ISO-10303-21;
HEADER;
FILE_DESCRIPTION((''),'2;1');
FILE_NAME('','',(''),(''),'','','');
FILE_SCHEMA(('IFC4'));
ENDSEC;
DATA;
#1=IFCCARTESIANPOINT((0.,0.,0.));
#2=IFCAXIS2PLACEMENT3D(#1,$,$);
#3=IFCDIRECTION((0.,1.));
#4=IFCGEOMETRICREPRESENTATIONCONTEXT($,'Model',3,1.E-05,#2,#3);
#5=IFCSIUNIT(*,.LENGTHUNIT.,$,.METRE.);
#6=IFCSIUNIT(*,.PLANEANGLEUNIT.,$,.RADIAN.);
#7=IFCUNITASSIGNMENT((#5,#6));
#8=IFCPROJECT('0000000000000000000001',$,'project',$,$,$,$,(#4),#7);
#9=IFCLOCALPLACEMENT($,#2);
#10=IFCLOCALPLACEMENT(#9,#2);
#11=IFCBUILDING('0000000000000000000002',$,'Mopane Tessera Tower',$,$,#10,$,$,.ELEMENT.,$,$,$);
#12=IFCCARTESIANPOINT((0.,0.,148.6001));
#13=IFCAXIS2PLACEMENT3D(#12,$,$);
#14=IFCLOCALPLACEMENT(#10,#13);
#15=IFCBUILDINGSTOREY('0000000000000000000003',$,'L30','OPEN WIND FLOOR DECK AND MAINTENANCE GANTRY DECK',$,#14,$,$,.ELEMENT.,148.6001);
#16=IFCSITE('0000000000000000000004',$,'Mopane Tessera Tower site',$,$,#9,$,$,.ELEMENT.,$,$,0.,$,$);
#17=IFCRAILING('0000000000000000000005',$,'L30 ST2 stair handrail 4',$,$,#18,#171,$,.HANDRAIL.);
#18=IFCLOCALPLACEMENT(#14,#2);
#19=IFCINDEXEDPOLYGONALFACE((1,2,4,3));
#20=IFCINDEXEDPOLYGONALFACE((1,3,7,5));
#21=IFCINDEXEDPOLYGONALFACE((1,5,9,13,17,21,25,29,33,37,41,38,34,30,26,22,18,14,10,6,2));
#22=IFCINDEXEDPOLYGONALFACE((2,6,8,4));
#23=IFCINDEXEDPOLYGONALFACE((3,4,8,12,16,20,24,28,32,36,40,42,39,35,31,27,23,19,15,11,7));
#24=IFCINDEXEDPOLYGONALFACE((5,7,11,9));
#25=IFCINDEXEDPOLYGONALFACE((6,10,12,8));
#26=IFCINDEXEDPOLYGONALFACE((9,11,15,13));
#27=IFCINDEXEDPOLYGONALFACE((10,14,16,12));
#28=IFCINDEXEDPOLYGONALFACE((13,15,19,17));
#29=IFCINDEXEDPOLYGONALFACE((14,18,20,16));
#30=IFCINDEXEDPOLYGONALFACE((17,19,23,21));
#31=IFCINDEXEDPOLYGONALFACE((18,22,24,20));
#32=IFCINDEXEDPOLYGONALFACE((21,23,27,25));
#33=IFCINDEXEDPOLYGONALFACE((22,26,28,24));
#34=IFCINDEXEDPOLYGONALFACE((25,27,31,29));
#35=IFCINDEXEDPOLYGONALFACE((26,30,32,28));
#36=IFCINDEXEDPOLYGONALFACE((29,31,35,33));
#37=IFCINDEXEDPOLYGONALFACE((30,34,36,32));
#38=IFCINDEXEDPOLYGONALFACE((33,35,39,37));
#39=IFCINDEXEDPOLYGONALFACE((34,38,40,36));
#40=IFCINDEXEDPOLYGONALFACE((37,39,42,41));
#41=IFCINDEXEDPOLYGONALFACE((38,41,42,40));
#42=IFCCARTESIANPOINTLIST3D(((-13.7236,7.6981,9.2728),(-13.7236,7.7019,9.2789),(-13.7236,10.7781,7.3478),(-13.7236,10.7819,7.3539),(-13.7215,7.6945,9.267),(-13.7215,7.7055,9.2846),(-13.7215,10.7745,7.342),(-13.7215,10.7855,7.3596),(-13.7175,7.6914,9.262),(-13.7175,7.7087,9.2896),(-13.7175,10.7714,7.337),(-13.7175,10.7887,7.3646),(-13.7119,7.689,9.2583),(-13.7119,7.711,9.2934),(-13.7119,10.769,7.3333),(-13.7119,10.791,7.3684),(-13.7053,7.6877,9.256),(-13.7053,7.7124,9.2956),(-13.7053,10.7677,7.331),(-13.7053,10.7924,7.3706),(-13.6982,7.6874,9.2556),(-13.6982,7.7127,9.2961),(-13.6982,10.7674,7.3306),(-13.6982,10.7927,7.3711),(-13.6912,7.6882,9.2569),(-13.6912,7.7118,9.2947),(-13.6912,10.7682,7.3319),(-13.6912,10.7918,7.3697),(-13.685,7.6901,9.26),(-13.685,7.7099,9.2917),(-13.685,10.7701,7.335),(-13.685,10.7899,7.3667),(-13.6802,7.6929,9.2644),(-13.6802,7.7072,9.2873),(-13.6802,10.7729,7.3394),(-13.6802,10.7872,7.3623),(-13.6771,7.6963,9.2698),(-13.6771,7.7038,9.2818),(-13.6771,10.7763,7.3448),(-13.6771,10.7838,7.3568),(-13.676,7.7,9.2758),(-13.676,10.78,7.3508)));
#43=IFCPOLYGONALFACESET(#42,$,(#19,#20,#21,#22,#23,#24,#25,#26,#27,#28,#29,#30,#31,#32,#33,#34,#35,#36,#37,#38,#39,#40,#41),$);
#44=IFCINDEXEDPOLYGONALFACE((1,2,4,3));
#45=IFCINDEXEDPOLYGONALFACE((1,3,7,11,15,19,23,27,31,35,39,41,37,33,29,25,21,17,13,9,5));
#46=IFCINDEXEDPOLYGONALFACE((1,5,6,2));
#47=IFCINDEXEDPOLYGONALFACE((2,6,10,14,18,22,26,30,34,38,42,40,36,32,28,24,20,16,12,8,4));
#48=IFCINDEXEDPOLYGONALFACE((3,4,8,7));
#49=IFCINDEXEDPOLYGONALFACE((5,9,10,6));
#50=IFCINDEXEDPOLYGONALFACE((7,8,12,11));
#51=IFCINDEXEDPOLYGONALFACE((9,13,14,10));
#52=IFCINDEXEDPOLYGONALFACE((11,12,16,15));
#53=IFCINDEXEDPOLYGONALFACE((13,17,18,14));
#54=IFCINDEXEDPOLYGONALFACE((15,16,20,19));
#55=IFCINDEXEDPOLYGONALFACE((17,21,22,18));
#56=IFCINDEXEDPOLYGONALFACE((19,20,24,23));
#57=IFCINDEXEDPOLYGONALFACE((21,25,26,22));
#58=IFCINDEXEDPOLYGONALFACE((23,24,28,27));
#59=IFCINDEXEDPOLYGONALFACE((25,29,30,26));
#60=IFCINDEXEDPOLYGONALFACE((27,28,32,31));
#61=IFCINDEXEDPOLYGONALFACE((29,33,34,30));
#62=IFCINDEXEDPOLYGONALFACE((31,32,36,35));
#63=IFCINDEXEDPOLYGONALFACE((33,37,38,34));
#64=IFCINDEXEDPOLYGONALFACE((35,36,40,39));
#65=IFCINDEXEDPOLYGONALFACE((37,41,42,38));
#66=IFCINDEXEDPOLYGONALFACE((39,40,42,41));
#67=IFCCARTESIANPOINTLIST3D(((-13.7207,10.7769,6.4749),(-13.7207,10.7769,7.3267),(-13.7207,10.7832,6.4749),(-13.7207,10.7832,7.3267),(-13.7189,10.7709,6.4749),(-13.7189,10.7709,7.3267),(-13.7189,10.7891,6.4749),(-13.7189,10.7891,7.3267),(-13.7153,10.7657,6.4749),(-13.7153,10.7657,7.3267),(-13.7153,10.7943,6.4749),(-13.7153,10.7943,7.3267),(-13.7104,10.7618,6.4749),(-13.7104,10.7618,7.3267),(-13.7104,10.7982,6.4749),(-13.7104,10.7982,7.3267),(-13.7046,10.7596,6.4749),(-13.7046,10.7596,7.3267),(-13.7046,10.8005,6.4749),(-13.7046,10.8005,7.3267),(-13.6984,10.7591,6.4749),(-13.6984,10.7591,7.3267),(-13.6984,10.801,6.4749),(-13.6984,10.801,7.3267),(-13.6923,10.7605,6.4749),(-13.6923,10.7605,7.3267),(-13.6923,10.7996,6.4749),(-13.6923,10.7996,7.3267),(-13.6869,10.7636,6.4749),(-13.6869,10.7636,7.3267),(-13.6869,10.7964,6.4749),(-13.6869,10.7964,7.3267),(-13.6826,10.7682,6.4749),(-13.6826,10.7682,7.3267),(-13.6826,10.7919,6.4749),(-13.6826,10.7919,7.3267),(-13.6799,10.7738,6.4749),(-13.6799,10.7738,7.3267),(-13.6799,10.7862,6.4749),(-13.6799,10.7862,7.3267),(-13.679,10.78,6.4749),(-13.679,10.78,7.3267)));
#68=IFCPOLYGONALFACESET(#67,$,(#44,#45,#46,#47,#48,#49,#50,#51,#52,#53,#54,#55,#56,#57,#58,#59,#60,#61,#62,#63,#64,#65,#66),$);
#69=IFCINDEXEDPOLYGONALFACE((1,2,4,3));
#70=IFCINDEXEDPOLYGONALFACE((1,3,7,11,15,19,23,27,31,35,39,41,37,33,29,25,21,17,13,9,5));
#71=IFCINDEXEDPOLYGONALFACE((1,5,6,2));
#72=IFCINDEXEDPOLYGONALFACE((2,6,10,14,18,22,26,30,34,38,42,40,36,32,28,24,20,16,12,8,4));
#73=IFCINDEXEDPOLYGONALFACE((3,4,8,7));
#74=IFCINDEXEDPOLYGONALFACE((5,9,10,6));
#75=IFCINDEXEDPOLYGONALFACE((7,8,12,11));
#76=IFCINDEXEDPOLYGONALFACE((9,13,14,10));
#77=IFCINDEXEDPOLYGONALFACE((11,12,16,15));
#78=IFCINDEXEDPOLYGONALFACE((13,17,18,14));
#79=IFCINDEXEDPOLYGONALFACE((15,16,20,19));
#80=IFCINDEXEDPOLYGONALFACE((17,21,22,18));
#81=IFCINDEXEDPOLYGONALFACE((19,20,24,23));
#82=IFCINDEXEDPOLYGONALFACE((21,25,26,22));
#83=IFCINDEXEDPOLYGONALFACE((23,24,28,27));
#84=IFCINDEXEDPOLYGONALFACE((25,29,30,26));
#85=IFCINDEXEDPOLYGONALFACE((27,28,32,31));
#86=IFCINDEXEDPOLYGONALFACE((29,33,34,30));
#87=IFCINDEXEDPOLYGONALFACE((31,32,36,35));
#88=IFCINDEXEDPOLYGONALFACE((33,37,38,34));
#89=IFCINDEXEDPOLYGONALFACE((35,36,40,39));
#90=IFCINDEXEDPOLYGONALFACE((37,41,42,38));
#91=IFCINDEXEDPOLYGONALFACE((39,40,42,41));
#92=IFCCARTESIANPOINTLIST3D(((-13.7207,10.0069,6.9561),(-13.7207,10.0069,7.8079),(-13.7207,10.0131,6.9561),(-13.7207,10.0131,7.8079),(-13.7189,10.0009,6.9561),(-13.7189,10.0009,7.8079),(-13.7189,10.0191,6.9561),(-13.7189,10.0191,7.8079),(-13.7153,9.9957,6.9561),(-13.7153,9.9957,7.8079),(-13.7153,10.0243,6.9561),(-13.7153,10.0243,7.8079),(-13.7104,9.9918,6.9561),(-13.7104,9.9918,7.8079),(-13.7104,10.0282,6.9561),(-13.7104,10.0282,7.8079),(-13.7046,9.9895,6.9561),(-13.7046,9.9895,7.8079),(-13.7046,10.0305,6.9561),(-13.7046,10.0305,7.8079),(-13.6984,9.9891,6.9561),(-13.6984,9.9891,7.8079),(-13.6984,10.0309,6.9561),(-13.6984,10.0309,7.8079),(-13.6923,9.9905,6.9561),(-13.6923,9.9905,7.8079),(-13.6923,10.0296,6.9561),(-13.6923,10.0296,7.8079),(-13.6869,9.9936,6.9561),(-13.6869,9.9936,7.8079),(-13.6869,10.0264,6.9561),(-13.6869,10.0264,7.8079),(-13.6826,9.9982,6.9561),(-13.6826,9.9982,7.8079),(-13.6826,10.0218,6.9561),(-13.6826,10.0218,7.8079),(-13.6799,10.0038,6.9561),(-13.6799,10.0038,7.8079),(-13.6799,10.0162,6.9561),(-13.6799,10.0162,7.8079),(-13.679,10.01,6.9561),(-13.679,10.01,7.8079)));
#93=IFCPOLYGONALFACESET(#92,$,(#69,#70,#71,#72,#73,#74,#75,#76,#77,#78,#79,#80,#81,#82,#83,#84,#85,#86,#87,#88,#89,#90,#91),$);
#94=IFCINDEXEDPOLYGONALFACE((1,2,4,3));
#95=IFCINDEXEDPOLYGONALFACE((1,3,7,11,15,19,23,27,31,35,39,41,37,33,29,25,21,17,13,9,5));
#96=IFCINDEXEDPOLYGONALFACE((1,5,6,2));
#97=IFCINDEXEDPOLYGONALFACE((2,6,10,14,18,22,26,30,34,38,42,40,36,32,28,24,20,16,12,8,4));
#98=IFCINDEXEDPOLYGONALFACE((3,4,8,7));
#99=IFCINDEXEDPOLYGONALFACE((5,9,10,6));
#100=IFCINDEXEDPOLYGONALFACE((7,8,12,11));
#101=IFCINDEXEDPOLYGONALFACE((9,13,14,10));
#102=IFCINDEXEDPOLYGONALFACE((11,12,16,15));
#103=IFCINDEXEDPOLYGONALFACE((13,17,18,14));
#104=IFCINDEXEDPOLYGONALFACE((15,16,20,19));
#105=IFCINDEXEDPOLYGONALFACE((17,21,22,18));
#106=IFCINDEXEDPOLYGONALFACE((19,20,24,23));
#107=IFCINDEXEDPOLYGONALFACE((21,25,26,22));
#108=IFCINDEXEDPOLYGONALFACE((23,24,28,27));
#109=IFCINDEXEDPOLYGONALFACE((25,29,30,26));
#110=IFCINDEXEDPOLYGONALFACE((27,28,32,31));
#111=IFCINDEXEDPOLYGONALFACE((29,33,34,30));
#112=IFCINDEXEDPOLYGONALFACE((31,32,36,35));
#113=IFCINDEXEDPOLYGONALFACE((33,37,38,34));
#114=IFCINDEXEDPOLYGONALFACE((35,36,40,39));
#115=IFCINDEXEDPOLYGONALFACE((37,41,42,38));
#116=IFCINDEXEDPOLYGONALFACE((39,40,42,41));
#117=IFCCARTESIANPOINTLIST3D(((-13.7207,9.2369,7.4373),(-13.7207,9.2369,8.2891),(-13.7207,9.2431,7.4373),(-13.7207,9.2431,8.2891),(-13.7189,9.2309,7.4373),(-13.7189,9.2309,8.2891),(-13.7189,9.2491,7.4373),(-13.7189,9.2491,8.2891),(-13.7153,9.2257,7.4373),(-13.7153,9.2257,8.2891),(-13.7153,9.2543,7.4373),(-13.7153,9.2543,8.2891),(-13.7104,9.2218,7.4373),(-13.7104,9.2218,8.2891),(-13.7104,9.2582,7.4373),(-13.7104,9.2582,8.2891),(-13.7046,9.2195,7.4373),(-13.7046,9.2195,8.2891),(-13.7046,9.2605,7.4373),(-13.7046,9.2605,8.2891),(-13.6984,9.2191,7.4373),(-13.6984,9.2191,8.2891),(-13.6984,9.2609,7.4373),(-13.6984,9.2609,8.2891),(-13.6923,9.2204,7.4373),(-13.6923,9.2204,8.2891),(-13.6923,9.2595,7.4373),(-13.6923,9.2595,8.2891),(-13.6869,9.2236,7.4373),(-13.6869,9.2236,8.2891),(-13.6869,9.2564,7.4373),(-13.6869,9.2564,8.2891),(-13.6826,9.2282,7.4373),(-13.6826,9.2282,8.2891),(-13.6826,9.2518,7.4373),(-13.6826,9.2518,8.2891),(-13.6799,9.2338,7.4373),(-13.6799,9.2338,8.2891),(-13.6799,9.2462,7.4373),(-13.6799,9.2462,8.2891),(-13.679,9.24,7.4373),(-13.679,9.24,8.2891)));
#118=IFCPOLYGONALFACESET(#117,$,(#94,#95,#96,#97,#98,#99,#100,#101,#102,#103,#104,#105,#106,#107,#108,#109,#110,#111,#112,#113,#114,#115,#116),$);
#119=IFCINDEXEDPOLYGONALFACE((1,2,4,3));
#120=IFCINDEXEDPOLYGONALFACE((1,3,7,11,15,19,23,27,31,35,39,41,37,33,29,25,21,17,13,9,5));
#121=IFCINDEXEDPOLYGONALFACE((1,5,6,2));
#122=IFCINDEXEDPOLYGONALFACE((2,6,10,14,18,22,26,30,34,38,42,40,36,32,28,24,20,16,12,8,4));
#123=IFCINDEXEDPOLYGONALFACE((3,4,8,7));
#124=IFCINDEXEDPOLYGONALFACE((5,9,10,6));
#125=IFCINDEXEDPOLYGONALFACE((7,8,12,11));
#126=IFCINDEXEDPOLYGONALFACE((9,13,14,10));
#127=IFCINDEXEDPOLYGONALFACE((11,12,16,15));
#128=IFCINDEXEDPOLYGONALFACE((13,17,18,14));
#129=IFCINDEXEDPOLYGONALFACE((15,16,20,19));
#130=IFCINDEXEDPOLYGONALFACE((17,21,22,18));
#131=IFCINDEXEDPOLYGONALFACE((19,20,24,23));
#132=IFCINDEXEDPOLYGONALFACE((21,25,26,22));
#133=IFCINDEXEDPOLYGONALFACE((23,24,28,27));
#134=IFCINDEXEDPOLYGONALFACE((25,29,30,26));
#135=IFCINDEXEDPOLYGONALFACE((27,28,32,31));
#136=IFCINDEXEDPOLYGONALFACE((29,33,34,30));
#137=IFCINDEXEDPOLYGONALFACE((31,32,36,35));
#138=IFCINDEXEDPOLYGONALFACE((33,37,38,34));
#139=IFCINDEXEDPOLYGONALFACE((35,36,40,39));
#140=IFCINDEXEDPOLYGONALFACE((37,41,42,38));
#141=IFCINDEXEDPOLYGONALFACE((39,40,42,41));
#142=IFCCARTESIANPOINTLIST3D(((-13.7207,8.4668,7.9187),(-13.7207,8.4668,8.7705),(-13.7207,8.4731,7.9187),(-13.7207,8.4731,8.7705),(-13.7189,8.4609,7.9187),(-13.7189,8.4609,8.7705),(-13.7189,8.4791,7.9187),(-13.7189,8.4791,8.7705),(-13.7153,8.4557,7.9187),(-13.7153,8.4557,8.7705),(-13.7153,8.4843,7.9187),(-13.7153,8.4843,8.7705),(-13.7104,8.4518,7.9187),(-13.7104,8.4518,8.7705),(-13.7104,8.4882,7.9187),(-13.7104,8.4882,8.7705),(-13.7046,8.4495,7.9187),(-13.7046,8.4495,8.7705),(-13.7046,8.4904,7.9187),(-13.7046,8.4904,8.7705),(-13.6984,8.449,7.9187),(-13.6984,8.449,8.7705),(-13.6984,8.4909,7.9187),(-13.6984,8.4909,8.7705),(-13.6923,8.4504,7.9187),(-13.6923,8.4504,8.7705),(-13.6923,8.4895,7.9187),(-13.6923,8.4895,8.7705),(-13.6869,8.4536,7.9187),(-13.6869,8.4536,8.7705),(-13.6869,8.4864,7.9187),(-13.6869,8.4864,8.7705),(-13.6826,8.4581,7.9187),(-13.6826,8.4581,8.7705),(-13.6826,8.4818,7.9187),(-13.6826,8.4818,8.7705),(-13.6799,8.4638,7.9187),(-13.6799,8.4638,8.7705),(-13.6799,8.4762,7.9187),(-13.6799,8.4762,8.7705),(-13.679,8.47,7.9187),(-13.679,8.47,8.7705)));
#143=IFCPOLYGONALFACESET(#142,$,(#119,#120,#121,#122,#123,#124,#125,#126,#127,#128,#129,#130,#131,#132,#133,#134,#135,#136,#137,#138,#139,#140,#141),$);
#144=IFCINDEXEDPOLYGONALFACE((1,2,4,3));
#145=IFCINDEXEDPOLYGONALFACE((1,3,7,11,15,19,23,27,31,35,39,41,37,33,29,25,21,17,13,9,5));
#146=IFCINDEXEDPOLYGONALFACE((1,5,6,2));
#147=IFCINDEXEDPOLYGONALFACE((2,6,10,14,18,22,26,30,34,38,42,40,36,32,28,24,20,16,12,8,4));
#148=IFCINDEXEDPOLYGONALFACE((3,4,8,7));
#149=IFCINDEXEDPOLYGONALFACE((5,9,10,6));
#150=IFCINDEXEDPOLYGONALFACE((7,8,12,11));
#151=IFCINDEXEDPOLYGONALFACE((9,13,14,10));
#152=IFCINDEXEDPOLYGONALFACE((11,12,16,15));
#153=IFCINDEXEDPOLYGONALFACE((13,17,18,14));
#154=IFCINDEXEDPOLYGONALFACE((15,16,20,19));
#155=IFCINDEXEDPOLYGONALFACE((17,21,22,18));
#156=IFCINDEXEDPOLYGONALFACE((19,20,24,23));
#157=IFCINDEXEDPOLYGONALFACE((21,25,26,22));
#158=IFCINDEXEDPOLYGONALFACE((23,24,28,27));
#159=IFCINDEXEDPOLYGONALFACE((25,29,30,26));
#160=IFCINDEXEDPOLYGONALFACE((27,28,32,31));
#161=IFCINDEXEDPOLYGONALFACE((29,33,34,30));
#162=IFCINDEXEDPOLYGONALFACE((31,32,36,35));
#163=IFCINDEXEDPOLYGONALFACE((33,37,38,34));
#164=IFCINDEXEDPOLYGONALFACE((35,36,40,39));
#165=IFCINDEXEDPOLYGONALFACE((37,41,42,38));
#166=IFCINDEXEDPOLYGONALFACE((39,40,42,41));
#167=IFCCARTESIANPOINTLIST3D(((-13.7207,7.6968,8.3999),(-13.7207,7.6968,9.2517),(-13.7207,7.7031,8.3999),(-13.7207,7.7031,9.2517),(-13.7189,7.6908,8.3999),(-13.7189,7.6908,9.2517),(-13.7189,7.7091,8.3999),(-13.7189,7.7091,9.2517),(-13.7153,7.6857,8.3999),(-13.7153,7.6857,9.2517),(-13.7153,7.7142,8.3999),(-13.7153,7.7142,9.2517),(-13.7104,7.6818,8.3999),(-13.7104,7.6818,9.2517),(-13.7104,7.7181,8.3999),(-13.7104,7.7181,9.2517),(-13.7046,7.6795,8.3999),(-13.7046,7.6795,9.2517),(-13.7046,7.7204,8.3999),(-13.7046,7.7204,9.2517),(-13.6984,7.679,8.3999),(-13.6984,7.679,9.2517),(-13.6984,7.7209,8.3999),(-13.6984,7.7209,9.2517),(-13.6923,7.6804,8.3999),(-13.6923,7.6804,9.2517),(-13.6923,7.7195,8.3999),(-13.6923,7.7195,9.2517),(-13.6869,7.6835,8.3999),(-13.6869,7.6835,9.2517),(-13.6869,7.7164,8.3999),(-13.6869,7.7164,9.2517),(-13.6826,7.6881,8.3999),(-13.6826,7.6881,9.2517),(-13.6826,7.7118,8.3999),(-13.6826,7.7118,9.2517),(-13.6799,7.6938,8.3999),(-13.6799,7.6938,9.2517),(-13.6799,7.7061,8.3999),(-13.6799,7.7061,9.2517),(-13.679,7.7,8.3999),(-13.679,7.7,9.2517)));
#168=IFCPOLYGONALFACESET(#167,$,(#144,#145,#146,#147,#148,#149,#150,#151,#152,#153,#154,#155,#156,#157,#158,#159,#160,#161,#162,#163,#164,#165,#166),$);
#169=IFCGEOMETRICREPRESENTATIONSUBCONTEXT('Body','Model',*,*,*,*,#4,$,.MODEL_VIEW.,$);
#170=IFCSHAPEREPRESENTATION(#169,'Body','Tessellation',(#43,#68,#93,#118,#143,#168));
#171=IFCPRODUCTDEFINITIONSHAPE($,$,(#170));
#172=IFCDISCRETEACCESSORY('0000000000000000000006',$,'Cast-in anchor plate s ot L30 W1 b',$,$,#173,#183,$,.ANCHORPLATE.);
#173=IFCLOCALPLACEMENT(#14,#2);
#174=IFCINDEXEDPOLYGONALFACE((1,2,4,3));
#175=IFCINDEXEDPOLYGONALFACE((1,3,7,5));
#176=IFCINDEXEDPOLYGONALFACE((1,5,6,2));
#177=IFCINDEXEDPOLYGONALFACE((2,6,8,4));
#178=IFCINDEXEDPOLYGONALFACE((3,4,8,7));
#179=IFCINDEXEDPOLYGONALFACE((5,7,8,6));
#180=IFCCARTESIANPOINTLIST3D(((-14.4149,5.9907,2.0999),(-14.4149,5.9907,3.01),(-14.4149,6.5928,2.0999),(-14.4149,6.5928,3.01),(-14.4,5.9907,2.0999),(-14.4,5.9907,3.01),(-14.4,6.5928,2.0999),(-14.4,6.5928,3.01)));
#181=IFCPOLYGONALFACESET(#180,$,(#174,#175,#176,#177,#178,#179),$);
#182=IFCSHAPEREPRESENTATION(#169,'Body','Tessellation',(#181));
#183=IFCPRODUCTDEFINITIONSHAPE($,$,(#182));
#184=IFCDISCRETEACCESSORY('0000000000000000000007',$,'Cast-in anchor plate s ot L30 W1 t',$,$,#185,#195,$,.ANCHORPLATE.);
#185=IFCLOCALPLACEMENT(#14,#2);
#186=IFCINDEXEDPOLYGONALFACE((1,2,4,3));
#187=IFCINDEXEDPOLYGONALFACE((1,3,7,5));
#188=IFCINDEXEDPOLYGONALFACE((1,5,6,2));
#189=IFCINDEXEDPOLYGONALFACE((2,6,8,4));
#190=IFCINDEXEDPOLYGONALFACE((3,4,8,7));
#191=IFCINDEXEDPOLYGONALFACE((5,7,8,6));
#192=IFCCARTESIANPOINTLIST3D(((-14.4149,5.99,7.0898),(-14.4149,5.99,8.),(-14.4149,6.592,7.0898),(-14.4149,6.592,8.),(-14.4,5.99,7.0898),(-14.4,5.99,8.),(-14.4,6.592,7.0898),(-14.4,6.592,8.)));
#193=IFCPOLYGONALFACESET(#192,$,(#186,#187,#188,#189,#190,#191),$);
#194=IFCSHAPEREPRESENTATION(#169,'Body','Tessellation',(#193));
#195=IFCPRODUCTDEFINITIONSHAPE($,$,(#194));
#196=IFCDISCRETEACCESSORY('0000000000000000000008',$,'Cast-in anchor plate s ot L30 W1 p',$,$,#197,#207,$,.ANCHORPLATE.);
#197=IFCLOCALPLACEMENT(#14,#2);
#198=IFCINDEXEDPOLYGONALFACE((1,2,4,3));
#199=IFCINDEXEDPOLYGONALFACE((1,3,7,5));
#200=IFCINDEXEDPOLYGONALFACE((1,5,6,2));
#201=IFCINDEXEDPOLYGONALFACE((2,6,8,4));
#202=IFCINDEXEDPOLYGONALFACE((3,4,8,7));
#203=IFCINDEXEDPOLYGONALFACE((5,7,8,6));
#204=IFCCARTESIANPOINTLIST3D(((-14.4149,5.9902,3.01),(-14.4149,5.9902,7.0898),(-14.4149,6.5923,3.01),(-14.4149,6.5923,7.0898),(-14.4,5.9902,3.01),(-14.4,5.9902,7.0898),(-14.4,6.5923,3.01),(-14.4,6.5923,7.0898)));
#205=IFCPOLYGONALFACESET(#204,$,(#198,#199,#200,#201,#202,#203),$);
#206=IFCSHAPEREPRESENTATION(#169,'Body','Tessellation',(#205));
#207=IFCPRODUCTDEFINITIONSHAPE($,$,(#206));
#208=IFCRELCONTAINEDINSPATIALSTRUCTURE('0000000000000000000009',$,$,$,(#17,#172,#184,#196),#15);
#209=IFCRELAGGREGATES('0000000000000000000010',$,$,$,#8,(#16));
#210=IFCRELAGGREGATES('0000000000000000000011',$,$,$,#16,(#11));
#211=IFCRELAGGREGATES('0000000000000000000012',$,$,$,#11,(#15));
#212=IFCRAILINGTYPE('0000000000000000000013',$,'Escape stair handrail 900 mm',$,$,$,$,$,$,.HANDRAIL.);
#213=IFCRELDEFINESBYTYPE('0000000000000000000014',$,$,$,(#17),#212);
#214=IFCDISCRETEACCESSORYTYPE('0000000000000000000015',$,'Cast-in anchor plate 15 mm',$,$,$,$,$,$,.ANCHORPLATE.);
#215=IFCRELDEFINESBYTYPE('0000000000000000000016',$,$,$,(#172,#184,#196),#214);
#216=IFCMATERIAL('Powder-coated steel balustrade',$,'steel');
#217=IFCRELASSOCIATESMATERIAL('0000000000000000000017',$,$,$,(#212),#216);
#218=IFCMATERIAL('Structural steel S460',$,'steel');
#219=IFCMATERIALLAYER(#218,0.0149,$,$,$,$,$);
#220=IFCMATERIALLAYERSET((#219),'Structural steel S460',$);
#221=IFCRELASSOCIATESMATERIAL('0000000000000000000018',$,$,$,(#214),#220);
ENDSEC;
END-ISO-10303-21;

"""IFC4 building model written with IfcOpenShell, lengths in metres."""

from ifc_helpers import new_model, si_unit, direction, frame, origin, origin_2d, place, context, subcontext, project, spatial, rectangle, circle, extrude, material, layer, layer_set, type_object, element, save


model = new_model("IFC4")

# Units and contexts
model_context = context("Model", 3, precision=1e-05, world=origin(), true_north=direction((0.0, 1.0)))
body_context = subcontext(model_context, "Body", "Model", "MODEL_VIEW")
ifc_project = project(units=[si_unit("LENGTHUNIT", "METRE"), si_unit("PLANEANGLEUNIT", "RADIAN")], contexts=[model_context])

# Site, building, storey
site_placement = place(None, origin())
site = spatial("IfcSite", under=ifc_project, at=site_placement, Name="Mopane Tessera Tower site", CompositionType="ELEMENT", RefElevation=0.0)
building_placement = place(site_placement, origin())
building = spatial("IfcBuilding", under=site, at=building_placement, Name="Mopane Tessera Tower", CompositionType="ELEMENT")
storey_placement = place(building_placement, frame((0.0, 0.0, 148.6001)))
storey = spatial("IfcBuildingStorey", under=building, at=storey_placement, Name="L30", Description="OPEN WIND FLOOR DECK AND MAINTENANCE GANTRY DECK", CompositionType="ELEMENT", Elevation=148.6001)

# Railing
ifc_material_1 = material(Name="Powder-coated steel balustrade", Category="steel")
railing_type_1 = type_object("IfcRailingType", Name="Escape stair handrail 900 mm", PredefinedType="HANDRAIL", material=ifc_material_1)
for number, where, name in (
    (1, (-13.7, 10.78, 6.4749), "L30 ST2 stair handrail 4"),
):
    element("IfcRailing", number, at=place(storey_placement, frame(where)), inside=storey, type_object=railing_type_1, Name=name, PredefinedType="HANDRAIL", context=body_context, shape_type="SweptSolid", body=[
        extrude(circle(Radius=0.0239, at=origin_2d()), frame((0.0, 0.0, 0.876), z_axis=(0.0, -0.847998, 0.529999), x_axis=(1.0, 0.0, 0.0)), (0.0, 0.0, 1.0), 3.6321),
        extrude(circle(Radius=0.021, at=origin_2d()), origin(), (0.0, 0.0, 1.0), 0.8518),
        extrude(circle(Radius=0.021, at=origin_2d()), frame((0.0, -0.77, 0.4812)), (0.0, 0.0, 1.0), 0.8518),
        extrude(circle(Radius=0.021, at=origin_2d()), frame((0.0, -1.54, 0.9624)), (0.0, 0.0, 1.0), 0.8518),
        extrude(circle(Radius=0.021, at=origin_2d()), frame((0.0, -2.3101, 1.4438)), (0.0, 0.0, 1.0), 0.8518),
        extrude(circle(Radius=0.021, at=origin_2d()), frame((0.0, -3.0801, 1.925)), (0.0, 0.0, 1.0), 0.8518),
    ])

# Discrete accessories
ifc_material_2 = material(Name="Structural steel S460", Category="steel")
ifc_layer_1 = layer(ifc_material_2, 0.0149)
ifc_layer_set_1 = layer_set([ifc_layer_1], Name="Structural steel S460")
discrete_accessory_type_1 = type_object("IfcDiscreteAccessoryType", Name="Cast-in anchor plate 15 mm", PredefinedType="ANCHORPLATE", material=ifc_layer_set_1)
for number, where, z_axis, x_axis, name in (
    (2, (-14.4075, 6.2917, 2.0999), (0.0, 0.0, 1.0), (-1.0, 0.0, 0.0), "Cast-in anchor plate s ot L30 W1 b"),
    (3, (-14.4075, 6.291, 7.0898), (0.0, 0.0, 1.0), (-1.0, 0.0, 0.0), "Cast-in anchor plate s ot L30 W1 t"),
):
    element("IfcDiscreteAccessory", number, at=place(storey_placement, frame(where, z_axis=z_axis, x_axis=x_axis)), inside=storey, type_object=discrete_accessory_type_1, Name=name, PredefinedType="ANCHORPLATE", context=body_context, shape_type="SweptSolid", body=[
        extrude(rectangle(XDim=0.0149, YDim=0.6021, at=origin_2d()), origin(), (0.0, 0.0, 1.0), 0.9102),
    ])
discrete_accessory_1_placement = place(storey_placement, frame((-14.4075, 6.2913, 3.01), z_axis=(0.0, 0.0, 1.0), x_axis=(-1.0, 0.0, 0.0)))
element("IfcDiscreteAccessory", 4, at=discrete_accessory_1_placement, inside=storey, type_object=discrete_accessory_type_1, Name="Cast-in anchor plate s ot L30 W1 p", PredefinedType="ANCHORPLATE", context=body_context, shape_type="SweptSolid", body=[
    extrude(rectangle(XDim=0.0149, YDim=0.6021, at=origin_2d()), origin(), (0.0, 0.0, 1.0), 4.0798),
])

save(model, "model.ifc")
